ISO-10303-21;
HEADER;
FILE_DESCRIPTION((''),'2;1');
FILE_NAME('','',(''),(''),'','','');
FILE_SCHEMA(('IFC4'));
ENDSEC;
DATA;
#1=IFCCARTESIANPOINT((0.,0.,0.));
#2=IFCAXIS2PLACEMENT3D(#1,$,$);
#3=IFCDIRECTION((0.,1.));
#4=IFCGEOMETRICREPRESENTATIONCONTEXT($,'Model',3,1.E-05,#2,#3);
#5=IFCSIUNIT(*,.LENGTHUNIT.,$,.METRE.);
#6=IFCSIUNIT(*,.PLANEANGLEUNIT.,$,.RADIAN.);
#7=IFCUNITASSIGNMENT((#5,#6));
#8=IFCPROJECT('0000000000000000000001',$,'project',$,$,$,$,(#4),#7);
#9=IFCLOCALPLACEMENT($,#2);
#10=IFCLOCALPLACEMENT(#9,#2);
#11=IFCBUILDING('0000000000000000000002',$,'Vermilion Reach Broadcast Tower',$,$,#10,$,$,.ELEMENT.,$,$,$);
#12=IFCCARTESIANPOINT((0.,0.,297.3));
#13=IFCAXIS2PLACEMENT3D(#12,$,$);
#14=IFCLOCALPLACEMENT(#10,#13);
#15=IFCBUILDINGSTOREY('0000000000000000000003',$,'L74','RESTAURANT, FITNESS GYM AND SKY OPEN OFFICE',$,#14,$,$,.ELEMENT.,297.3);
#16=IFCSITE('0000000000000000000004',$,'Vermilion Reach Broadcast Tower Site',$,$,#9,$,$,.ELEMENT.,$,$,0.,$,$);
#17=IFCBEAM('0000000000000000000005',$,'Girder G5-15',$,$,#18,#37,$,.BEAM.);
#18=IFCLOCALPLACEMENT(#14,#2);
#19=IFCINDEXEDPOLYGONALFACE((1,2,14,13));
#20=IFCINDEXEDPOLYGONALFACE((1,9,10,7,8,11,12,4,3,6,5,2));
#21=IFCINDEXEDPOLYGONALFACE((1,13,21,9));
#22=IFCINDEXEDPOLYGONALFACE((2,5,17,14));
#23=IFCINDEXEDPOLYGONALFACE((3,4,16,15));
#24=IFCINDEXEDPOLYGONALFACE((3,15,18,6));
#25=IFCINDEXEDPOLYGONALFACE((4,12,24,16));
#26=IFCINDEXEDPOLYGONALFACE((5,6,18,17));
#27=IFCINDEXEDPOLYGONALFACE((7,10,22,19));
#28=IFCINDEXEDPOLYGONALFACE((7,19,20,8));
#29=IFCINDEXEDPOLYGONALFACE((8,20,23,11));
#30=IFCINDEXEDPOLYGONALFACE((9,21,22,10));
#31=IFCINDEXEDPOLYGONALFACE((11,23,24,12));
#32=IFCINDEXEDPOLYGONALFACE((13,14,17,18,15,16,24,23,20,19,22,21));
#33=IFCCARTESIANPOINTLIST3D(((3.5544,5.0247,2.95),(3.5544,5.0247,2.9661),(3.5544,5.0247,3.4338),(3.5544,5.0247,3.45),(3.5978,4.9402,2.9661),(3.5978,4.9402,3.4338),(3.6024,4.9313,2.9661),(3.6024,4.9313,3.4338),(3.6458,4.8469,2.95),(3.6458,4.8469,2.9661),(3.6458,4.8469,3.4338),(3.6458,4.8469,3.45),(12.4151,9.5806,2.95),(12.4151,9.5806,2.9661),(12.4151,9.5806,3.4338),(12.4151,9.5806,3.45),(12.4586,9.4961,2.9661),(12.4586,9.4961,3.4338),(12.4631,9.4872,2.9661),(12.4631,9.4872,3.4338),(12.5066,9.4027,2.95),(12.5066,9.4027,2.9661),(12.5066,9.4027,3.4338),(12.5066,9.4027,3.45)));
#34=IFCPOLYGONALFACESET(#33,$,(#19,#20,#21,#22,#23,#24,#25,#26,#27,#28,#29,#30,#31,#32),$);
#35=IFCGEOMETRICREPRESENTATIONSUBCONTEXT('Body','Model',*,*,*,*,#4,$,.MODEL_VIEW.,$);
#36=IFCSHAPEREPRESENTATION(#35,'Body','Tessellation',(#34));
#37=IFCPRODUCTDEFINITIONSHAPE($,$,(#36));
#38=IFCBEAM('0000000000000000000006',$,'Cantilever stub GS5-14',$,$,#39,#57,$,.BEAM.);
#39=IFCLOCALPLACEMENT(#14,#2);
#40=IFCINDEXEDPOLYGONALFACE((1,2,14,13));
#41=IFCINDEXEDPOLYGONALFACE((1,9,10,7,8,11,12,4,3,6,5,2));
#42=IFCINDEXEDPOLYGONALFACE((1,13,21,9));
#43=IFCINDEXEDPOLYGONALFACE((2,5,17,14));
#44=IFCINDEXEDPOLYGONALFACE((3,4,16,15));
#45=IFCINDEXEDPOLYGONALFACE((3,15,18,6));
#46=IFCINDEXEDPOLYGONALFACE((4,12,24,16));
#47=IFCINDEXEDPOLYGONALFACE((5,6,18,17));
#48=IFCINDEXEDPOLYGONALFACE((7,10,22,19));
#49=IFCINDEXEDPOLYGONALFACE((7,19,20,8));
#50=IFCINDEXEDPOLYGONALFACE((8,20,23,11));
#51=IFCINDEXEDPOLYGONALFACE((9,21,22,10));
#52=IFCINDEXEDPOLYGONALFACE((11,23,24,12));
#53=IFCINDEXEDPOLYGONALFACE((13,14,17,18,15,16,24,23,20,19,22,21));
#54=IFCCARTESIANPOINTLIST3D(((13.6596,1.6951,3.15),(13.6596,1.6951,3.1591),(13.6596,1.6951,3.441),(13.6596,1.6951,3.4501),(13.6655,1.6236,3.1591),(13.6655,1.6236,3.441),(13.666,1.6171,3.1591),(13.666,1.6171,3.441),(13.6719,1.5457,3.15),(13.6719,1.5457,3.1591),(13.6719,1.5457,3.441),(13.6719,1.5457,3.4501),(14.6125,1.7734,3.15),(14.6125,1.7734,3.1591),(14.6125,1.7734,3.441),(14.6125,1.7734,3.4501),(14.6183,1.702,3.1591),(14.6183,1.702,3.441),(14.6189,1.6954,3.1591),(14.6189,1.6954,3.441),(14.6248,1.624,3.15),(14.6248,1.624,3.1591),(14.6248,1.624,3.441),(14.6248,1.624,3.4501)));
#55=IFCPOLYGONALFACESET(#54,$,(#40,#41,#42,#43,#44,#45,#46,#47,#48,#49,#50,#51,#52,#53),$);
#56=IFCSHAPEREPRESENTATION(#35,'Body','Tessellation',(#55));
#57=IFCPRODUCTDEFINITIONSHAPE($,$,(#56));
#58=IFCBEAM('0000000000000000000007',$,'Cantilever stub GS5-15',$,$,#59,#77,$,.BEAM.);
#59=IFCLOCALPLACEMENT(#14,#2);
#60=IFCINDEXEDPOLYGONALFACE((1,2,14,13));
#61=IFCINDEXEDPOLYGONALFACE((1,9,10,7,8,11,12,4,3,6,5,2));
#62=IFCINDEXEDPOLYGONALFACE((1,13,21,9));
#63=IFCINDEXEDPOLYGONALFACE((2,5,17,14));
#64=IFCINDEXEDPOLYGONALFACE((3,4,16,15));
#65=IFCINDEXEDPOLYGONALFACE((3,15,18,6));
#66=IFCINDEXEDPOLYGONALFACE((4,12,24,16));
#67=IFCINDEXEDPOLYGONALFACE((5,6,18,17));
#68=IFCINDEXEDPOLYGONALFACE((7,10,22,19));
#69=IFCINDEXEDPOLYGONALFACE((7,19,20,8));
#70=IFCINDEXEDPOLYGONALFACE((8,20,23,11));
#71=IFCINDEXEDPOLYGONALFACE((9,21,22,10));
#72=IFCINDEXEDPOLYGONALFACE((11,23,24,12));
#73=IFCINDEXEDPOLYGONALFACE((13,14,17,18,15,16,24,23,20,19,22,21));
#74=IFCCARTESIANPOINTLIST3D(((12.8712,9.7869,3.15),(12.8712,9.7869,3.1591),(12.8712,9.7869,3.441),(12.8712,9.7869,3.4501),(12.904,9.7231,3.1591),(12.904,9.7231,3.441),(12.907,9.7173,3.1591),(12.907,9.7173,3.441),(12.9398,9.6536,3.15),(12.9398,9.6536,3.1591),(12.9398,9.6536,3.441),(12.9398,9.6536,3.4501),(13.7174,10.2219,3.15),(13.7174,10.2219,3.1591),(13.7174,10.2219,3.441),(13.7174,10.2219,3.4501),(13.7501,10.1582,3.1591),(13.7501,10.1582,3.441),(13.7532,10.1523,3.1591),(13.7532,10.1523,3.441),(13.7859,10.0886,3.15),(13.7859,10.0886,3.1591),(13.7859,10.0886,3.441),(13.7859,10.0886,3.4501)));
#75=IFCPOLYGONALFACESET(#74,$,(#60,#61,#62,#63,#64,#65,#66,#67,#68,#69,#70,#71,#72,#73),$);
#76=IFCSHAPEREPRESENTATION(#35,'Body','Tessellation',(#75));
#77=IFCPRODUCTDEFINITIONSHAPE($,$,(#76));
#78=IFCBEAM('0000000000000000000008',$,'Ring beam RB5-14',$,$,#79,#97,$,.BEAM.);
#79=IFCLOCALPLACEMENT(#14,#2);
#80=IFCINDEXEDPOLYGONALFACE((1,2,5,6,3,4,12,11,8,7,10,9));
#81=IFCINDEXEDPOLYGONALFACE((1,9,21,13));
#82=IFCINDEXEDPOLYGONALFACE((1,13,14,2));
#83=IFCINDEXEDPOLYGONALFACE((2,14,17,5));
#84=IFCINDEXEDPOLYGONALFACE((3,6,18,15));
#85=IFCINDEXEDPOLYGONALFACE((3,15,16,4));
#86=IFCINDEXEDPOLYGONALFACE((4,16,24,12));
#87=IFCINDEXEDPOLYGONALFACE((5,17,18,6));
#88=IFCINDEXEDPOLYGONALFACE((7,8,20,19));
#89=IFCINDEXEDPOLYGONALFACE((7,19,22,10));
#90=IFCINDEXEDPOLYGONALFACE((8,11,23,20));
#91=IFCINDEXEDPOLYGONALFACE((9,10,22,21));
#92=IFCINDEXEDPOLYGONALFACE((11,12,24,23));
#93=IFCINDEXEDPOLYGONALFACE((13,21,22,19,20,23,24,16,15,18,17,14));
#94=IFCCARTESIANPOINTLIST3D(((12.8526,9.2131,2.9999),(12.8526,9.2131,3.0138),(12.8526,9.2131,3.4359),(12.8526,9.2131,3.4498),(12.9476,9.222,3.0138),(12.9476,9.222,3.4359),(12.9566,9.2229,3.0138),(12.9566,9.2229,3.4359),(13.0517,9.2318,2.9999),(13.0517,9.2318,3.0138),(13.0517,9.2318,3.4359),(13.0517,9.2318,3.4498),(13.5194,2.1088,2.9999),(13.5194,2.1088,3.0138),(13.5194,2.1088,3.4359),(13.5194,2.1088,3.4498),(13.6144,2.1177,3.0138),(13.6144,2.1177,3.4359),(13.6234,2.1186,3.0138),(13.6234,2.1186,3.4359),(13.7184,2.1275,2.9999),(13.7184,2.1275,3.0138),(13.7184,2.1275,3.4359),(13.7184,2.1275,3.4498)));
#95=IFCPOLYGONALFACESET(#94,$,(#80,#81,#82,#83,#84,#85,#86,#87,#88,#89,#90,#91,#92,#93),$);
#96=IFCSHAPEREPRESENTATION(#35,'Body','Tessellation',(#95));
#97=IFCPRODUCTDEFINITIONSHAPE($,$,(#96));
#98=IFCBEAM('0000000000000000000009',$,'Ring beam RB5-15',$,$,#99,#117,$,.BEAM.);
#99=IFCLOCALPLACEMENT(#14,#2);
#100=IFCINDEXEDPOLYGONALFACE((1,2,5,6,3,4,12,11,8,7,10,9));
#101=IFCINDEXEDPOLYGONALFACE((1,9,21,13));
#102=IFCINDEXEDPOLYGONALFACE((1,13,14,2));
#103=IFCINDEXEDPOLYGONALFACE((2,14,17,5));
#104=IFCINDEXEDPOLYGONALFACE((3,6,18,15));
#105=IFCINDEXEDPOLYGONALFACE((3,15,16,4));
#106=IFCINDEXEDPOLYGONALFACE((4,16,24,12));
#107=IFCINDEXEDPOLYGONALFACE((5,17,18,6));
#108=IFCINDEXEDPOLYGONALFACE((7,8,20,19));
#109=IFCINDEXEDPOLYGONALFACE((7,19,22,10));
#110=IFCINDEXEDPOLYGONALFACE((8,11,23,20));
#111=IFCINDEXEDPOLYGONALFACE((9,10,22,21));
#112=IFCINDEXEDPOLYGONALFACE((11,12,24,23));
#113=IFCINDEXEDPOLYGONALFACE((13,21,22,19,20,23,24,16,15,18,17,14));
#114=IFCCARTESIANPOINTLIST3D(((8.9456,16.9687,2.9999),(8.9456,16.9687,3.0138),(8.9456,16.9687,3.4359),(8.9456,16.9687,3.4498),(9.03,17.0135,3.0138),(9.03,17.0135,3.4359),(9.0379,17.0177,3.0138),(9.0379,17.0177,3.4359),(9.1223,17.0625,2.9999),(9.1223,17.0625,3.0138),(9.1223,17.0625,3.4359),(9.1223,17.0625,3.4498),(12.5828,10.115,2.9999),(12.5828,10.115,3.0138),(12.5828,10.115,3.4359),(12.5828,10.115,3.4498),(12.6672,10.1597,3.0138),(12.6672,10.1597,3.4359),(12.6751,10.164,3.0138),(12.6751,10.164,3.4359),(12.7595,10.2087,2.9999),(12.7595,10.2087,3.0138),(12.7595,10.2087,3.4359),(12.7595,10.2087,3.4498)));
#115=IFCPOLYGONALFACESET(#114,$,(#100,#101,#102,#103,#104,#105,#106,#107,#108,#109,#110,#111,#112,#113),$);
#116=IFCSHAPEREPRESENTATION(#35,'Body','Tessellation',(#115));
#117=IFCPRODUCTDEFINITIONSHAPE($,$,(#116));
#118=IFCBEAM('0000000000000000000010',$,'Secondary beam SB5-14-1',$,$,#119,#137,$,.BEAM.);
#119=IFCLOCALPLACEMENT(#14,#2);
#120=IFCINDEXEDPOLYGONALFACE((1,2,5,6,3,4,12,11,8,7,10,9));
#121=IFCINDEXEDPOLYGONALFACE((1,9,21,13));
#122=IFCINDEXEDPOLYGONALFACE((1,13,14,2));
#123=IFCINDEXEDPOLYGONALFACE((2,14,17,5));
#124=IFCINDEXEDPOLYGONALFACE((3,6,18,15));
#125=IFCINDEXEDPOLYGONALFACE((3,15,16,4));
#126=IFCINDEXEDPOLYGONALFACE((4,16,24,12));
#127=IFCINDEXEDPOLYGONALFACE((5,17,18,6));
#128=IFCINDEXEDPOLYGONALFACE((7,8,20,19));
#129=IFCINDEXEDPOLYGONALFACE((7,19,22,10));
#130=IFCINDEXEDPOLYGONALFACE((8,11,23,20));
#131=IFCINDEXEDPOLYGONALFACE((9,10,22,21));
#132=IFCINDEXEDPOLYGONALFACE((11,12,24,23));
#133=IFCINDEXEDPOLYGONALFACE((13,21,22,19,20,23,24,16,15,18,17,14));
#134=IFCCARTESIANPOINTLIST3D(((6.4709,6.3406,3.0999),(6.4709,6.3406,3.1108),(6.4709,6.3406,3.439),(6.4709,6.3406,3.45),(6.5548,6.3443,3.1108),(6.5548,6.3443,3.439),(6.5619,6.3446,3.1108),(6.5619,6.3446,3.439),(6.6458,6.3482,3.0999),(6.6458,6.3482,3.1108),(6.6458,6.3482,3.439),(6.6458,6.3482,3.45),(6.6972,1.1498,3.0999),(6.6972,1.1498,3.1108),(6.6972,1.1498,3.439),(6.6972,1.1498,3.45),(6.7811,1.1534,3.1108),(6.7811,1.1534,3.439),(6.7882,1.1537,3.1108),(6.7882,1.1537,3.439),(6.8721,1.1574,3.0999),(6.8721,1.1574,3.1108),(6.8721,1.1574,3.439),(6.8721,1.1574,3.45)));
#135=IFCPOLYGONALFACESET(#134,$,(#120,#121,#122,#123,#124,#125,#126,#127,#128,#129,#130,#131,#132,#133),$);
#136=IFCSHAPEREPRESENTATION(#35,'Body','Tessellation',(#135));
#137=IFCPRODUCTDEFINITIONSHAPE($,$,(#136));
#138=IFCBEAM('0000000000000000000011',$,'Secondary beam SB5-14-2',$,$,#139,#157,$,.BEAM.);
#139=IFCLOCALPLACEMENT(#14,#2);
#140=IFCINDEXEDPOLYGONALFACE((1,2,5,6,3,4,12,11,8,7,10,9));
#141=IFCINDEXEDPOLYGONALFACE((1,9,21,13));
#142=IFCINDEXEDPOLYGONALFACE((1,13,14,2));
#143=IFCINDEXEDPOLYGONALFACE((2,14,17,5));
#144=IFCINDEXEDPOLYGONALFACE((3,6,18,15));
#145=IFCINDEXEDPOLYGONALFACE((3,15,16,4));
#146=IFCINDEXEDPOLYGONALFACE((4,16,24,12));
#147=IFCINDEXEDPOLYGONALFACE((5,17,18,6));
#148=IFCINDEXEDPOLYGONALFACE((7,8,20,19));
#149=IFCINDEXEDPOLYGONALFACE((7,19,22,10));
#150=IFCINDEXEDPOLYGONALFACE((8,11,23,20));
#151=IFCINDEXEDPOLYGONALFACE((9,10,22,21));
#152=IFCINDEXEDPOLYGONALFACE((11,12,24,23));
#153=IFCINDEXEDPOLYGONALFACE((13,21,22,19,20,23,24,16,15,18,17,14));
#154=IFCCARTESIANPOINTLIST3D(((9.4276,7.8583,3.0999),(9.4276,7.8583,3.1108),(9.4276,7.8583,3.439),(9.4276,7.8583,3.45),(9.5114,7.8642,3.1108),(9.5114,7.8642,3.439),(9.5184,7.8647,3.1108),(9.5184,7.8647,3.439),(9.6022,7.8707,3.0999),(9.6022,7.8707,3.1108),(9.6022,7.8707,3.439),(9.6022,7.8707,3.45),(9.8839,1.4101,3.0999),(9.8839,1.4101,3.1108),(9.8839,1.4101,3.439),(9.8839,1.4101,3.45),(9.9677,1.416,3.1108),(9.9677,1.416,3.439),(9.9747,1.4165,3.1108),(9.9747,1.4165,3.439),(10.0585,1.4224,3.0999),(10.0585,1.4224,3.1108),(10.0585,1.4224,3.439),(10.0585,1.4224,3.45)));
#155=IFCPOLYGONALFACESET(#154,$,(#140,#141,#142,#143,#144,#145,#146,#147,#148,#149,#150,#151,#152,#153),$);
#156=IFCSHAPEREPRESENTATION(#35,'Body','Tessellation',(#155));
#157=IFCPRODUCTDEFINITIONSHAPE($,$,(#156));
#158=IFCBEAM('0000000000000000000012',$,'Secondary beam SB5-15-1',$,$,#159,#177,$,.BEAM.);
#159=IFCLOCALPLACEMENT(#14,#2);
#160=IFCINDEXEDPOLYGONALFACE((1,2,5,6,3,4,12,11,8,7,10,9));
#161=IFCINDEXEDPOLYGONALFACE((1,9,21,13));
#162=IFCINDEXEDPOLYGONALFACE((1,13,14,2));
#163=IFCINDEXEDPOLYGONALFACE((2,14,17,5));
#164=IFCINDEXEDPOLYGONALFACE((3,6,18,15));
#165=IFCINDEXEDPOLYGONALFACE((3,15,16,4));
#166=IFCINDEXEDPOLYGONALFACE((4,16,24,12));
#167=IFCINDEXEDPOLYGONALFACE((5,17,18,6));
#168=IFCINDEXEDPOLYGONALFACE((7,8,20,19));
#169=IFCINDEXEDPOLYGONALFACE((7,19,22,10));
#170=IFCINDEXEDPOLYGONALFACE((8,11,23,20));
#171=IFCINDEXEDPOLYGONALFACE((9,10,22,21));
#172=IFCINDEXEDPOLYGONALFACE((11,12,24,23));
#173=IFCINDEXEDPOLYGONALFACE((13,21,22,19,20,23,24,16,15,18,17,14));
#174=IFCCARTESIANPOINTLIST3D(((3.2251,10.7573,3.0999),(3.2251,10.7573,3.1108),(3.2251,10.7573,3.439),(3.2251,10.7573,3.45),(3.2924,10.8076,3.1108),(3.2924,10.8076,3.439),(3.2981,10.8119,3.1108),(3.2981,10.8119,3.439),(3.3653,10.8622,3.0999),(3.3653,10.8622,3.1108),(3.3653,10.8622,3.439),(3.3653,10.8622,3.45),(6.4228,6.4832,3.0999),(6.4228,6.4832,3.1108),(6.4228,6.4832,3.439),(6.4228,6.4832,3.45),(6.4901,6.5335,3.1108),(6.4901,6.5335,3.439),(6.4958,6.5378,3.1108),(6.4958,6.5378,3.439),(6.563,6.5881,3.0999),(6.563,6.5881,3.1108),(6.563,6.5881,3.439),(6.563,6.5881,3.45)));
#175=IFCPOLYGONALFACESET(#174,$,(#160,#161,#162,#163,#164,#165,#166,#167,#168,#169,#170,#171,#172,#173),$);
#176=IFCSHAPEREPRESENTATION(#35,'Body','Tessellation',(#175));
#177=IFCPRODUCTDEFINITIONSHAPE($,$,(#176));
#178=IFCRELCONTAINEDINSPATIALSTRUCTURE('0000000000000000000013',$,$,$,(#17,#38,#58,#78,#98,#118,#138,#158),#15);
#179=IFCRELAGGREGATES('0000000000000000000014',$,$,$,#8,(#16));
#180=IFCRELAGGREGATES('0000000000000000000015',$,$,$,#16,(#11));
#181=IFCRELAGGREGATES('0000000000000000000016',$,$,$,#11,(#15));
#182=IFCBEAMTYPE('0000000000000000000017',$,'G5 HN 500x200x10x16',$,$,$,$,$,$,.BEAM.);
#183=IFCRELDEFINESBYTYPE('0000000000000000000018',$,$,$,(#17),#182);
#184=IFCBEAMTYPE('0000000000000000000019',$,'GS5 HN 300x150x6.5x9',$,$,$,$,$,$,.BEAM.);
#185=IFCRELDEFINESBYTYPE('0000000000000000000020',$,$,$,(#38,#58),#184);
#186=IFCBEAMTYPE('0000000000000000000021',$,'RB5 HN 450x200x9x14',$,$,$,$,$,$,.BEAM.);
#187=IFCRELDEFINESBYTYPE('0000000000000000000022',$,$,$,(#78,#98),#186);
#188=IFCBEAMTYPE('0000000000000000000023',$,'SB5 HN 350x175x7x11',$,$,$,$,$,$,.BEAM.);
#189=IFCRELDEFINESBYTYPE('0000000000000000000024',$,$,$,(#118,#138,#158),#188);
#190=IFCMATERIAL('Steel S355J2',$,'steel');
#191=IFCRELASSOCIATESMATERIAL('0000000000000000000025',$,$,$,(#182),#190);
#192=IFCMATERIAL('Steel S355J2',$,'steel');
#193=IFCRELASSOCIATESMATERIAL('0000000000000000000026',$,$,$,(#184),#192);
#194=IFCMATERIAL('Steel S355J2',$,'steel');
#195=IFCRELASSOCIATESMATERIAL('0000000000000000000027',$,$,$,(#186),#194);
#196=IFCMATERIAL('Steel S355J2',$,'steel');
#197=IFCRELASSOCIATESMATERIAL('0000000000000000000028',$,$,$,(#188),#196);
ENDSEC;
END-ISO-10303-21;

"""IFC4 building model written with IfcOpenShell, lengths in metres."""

from ifc_helpers import new_model, si_unit, direction, frame, origin, origin_2d, place, context, subcontext, project, spatial, i_section, extrude, material, material_profile, profile_set, type_object, element, save


model = new_model("IFC4")

# Units and contexts
model_context = context("Model", 3, precision=1e-05, world=origin(), true_north=direction((0.0, 1.0)))
body_context = subcontext(model_context, "Body", "Model", "MODEL_VIEW")
ifc_project = project(units=[si_unit("LENGTHUNIT", "METRE"), si_unit("PLANEANGLEUNIT", "RADIAN")], contexts=[model_context])

# Site, building, storey
site_placement = place(None, origin())
site = spatial("IfcSite", under=ifc_project, at=site_placement, Name="Vermilion Reach Broadcast Tower Site", CompositionType="ELEMENT", RefElevation=0.0)
building_placement = place(site_placement, origin())
building = spatial("IfcBuilding", under=site, at=building_placement, Name="Vermilion Reach Broadcast Tower", CompositionType="ELEMENT")
storey_placement = place(building_placement, frame((0.0, 0.0, 297.3)))
storey = spatial("IfcBuildingStorey", under=building, at=storey_placement, Name="L74", Description="RESTAURANT, FITNESS GYM AND SKY OPEN OFFICE", CompositionType="ELEMENT", Elevation=297.3)

# Beams
ifc_material_1 = material(Name="Steel S355J2", Category="steel")
ifc_material_profile_1 = material_profile(ifc_material_1, i_section(OverallWidth=0.2, OverallDepth=0.5, WebThickness=0.01, FlangeThickness=0.0161, at=origin_2d()), Name="S355J2 HN 500x200x10x16")
ifc_profile_set_1 = profile_set([ifc_material_profile_1], Name="Steel S355J2")
beam_type_1 = type_object("IfcBeamType", Name="G5 HN 500x200x10x16", PredefinedType="BEAM", material=ifc_profile_set_1)
beam_1_placement = place(storey_placement, frame((3.6001, 4.9358, 3.2), z_axis=(0.889333, 0.457261, 0.0), x_axis=(-0.457261, 0.889333, 0.0)))
element("IfcBeam", 1, at=beam_1_placement, inside=storey, type_object=beam_type_1, Name="Girder G5-15", PredefinedType="BEAM", context=body_context, shape_type="SweptSolid", body=[
    extrude(i_section(OverallWidth=0.2, OverallDepth=0.5, WebThickness=0.01, FlangeThickness=0.0161, at=origin_2d()), origin(), (0.0, 0.0, 1.0), 9.9634),
])
ifc_material_2 = material(Name="Steel S355J2", Category="steel")
ifc_material_profile_2 = material_profile(ifc_material_2, i_section(OverallWidth=0.1499, OverallDepth=0.3, WebThickness=0.0066, FlangeThickness=0.009, at=origin_2d()), Name="S355J2 HN 300x150x6.5x9")
ifc_profile_set_2 = profile_set([ifc_material_profile_2], Name="Steel S355J2")
beam_type_2 = type_object("IfcBeamType", Name="GS5 HN 300x150x6.5x9", PredefinedType="BEAM", material=ifc_profile_set_2)
beam_2_placement = place(storey_placement, frame((13.6658, 1.6204, 3.3), z_axis=(0.996635, 0.081968, 0.0), x_axis=(-0.081968, 0.996635, 0.0)))
element("IfcBeam", 2, at=beam_2_placement, inside=storey, type_object=beam_type_2, Name="Cantilever stub GS5-14", PredefinedType="BEAM", context=body_context, shape_type="SweptSolid", body=[
    extrude(i_section(OverallWidth=0.1499, OverallDepth=0.3, WebThickness=0.0066, FlangeThickness=0.009, at=origin_2d()), origin(), (0.0, 0.0, 1.0), 0.9561),
])
beam_3_placement = place(storey_placement, frame((12.9055, 9.7202, 3.3), z_axis=(0.889341, 0.457244, 0.0), x_axis=(-0.457244, 0.889341, 0.0)))
element("IfcBeam", 3, at=beam_3_placement, inside=storey, type_object=beam_type_2, Name="Cantilever stub GS5-15", PredefinedType="BEAM", context=body_context, shape_type="SweptSolid", body=[
    extrude(i_section(OverallWidth=0.1499, OverallDepth=0.3, WebThickness=0.0066, FlangeThickness=0.009, at=origin_2d()), origin(), (0.0, 0.0, 1.0), 0.9514),
])
ifc_material_3 = material(Name="Steel S355J2", Category="steel")
ifc_material_profile_3 = material_profile(ifc_material_3, i_section(OverallWidth=0.2, OverallDepth=0.45, WebThickness=0.009, FlangeThickness=0.0139, at=origin_2d()), Name="S355J2 HN 450x200x9x14")
ifc_profile_set_3 = profile_set([ifc_material_profile_3], Name="Steel S355J2")
beam_type_3 = type_object("IfcBeamType", Name="RB5 HN 450x200x9x14", PredefinedType="BEAM", material=ifc_profile_set_3)
beam_4_placement = place(storey_placement, frame((13.6189, 2.1182, 3.2249), z_axis=(-0.093441, 0.995625, 0.0), x_axis=(-0.995625, -0.093441, 0.0)))
element("IfcBeam", 4, at=beam_4_placement, inside=storey, type_object=beam_type_3, Name="Ring beam RB5-14", PredefinedType="BEAM", context=body_context, shape_type="SweptSolid", body=[
    extrude(i_section(OverallWidth=0.2, OverallDepth=0.45, WebThickness=0.009, FlangeThickness=0.0139, at=origin_2d()), origin(), (0.0, 0.0, 1.0), 7.1355),
])
beam_5_placement = place(storey_placement, frame((12.6711, 10.1619, 3.2249), z_axis=(-0.468768, 0.883321, 0.0), x_axis=(-0.883321, -0.468768, 0.0)))
element("IfcBeam", 5, at=beam_5_placement, inside=storey, type_object=beam_type_3, Name="Ring beam RB5-15", PredefinedType="BEAM", context=body_context, shape_type="SweptSolid", body=[
    extrude(i_section(OverallWidth=0.2, OverallDepth=0.45, WebThickness=0.009, FlangeThickness=0.0139, at=origin_2d()), origin(), (0.0, 0.0, 1.0), 7.759),
])
ifc_material_4 = material(Name="Steel S355J2", Category="steel")
ifc_material_profile_4 = material_profile(ifc_material_4, i_section(OverallWidth=0.175, OverallDepth=0.3501, WebThickness=0.0071, FlangeThickness=0.011, at=origin_2d()), Name="S355J2 HN 350x175x7x11")
ifc_profile_set_4 = profile_set([ifc_material_profile_4], Name="Steel S355J2")
beam_type_4 = type_object("IfcBeamType", Name="SB5 HN 350x175x7x11", PredefinedType="BEAM", material=ifc_profile_set_4)
beam_6_placement = place(storey_placement, frame((6.7847, 1.1536, 3.2749), z_axis=(-0.043558, 0.999051, 0.0), x_axis=(-0.999051, -0.043558, 0.0)))
element("IfcBeam", 6, at=beam_6_placement, inside=storey, type_object=beam_type_4, Name="Secondary beam SB5-14-1", PredefinedType="BEAM", context=body_context, shape_type="SweptSolid", body=[
    extrude(i_section(OverallWidth=0.175, OverallDepth=0.3501, WebThickness=0.0071, FlangeThickness=0.011, at=origin_2d()), origin(), (0.0, 0.0, 1.0), 5.1958),
])
beam_7_placement = place(storey_placement, frame((9.9712, 1.4163, 3.2749), z_axis=(-0.070587, 0.997506, 0.0), x_axis=(-0.997506, -0.070587, 0.0)))
element("IfcBeam", 7, at=beam_7_placement, inside=storey, type_object=beam_type_4, Name="Secondary beam SB5-14-2", PredefinedType="BEAM", context=body_context, shape_type="SweptSolid", body=[
    extrude(i_section(OverallWidth=0.175, OverallDepth=0.3501, WebThickness=0.0071, FlangeThickness=0.011, at=origin_2d()), origin(), (0.0, 0.0, 1.0), 6.4644),
])
beam_8_placement = place(storey_placement, frame((6.4929, 6.5356, 3.2749), z_axis=(-0.599056, 0.800707, 0.0), x_axis=(-0.800707, -0.599056, 0.0)))
element("IfcBeam", 8, at=beam_8_placement, inside=storey, type_object=beam_type_4, Name="Secondary beam SB5-15-1", PredefinedType="BEAM", context=body_context, shape_type="SweptSolid", body=[
    extrude(i_section(OverallWidth=0.175, OverallDepth=0.3501, WebThickness=0.0071, FlangeThickness=0.011, at=origin_2d()), origin(), (0.0, 0.0, 1.0), 5.3379),
])

save(model, "model.ifc")
